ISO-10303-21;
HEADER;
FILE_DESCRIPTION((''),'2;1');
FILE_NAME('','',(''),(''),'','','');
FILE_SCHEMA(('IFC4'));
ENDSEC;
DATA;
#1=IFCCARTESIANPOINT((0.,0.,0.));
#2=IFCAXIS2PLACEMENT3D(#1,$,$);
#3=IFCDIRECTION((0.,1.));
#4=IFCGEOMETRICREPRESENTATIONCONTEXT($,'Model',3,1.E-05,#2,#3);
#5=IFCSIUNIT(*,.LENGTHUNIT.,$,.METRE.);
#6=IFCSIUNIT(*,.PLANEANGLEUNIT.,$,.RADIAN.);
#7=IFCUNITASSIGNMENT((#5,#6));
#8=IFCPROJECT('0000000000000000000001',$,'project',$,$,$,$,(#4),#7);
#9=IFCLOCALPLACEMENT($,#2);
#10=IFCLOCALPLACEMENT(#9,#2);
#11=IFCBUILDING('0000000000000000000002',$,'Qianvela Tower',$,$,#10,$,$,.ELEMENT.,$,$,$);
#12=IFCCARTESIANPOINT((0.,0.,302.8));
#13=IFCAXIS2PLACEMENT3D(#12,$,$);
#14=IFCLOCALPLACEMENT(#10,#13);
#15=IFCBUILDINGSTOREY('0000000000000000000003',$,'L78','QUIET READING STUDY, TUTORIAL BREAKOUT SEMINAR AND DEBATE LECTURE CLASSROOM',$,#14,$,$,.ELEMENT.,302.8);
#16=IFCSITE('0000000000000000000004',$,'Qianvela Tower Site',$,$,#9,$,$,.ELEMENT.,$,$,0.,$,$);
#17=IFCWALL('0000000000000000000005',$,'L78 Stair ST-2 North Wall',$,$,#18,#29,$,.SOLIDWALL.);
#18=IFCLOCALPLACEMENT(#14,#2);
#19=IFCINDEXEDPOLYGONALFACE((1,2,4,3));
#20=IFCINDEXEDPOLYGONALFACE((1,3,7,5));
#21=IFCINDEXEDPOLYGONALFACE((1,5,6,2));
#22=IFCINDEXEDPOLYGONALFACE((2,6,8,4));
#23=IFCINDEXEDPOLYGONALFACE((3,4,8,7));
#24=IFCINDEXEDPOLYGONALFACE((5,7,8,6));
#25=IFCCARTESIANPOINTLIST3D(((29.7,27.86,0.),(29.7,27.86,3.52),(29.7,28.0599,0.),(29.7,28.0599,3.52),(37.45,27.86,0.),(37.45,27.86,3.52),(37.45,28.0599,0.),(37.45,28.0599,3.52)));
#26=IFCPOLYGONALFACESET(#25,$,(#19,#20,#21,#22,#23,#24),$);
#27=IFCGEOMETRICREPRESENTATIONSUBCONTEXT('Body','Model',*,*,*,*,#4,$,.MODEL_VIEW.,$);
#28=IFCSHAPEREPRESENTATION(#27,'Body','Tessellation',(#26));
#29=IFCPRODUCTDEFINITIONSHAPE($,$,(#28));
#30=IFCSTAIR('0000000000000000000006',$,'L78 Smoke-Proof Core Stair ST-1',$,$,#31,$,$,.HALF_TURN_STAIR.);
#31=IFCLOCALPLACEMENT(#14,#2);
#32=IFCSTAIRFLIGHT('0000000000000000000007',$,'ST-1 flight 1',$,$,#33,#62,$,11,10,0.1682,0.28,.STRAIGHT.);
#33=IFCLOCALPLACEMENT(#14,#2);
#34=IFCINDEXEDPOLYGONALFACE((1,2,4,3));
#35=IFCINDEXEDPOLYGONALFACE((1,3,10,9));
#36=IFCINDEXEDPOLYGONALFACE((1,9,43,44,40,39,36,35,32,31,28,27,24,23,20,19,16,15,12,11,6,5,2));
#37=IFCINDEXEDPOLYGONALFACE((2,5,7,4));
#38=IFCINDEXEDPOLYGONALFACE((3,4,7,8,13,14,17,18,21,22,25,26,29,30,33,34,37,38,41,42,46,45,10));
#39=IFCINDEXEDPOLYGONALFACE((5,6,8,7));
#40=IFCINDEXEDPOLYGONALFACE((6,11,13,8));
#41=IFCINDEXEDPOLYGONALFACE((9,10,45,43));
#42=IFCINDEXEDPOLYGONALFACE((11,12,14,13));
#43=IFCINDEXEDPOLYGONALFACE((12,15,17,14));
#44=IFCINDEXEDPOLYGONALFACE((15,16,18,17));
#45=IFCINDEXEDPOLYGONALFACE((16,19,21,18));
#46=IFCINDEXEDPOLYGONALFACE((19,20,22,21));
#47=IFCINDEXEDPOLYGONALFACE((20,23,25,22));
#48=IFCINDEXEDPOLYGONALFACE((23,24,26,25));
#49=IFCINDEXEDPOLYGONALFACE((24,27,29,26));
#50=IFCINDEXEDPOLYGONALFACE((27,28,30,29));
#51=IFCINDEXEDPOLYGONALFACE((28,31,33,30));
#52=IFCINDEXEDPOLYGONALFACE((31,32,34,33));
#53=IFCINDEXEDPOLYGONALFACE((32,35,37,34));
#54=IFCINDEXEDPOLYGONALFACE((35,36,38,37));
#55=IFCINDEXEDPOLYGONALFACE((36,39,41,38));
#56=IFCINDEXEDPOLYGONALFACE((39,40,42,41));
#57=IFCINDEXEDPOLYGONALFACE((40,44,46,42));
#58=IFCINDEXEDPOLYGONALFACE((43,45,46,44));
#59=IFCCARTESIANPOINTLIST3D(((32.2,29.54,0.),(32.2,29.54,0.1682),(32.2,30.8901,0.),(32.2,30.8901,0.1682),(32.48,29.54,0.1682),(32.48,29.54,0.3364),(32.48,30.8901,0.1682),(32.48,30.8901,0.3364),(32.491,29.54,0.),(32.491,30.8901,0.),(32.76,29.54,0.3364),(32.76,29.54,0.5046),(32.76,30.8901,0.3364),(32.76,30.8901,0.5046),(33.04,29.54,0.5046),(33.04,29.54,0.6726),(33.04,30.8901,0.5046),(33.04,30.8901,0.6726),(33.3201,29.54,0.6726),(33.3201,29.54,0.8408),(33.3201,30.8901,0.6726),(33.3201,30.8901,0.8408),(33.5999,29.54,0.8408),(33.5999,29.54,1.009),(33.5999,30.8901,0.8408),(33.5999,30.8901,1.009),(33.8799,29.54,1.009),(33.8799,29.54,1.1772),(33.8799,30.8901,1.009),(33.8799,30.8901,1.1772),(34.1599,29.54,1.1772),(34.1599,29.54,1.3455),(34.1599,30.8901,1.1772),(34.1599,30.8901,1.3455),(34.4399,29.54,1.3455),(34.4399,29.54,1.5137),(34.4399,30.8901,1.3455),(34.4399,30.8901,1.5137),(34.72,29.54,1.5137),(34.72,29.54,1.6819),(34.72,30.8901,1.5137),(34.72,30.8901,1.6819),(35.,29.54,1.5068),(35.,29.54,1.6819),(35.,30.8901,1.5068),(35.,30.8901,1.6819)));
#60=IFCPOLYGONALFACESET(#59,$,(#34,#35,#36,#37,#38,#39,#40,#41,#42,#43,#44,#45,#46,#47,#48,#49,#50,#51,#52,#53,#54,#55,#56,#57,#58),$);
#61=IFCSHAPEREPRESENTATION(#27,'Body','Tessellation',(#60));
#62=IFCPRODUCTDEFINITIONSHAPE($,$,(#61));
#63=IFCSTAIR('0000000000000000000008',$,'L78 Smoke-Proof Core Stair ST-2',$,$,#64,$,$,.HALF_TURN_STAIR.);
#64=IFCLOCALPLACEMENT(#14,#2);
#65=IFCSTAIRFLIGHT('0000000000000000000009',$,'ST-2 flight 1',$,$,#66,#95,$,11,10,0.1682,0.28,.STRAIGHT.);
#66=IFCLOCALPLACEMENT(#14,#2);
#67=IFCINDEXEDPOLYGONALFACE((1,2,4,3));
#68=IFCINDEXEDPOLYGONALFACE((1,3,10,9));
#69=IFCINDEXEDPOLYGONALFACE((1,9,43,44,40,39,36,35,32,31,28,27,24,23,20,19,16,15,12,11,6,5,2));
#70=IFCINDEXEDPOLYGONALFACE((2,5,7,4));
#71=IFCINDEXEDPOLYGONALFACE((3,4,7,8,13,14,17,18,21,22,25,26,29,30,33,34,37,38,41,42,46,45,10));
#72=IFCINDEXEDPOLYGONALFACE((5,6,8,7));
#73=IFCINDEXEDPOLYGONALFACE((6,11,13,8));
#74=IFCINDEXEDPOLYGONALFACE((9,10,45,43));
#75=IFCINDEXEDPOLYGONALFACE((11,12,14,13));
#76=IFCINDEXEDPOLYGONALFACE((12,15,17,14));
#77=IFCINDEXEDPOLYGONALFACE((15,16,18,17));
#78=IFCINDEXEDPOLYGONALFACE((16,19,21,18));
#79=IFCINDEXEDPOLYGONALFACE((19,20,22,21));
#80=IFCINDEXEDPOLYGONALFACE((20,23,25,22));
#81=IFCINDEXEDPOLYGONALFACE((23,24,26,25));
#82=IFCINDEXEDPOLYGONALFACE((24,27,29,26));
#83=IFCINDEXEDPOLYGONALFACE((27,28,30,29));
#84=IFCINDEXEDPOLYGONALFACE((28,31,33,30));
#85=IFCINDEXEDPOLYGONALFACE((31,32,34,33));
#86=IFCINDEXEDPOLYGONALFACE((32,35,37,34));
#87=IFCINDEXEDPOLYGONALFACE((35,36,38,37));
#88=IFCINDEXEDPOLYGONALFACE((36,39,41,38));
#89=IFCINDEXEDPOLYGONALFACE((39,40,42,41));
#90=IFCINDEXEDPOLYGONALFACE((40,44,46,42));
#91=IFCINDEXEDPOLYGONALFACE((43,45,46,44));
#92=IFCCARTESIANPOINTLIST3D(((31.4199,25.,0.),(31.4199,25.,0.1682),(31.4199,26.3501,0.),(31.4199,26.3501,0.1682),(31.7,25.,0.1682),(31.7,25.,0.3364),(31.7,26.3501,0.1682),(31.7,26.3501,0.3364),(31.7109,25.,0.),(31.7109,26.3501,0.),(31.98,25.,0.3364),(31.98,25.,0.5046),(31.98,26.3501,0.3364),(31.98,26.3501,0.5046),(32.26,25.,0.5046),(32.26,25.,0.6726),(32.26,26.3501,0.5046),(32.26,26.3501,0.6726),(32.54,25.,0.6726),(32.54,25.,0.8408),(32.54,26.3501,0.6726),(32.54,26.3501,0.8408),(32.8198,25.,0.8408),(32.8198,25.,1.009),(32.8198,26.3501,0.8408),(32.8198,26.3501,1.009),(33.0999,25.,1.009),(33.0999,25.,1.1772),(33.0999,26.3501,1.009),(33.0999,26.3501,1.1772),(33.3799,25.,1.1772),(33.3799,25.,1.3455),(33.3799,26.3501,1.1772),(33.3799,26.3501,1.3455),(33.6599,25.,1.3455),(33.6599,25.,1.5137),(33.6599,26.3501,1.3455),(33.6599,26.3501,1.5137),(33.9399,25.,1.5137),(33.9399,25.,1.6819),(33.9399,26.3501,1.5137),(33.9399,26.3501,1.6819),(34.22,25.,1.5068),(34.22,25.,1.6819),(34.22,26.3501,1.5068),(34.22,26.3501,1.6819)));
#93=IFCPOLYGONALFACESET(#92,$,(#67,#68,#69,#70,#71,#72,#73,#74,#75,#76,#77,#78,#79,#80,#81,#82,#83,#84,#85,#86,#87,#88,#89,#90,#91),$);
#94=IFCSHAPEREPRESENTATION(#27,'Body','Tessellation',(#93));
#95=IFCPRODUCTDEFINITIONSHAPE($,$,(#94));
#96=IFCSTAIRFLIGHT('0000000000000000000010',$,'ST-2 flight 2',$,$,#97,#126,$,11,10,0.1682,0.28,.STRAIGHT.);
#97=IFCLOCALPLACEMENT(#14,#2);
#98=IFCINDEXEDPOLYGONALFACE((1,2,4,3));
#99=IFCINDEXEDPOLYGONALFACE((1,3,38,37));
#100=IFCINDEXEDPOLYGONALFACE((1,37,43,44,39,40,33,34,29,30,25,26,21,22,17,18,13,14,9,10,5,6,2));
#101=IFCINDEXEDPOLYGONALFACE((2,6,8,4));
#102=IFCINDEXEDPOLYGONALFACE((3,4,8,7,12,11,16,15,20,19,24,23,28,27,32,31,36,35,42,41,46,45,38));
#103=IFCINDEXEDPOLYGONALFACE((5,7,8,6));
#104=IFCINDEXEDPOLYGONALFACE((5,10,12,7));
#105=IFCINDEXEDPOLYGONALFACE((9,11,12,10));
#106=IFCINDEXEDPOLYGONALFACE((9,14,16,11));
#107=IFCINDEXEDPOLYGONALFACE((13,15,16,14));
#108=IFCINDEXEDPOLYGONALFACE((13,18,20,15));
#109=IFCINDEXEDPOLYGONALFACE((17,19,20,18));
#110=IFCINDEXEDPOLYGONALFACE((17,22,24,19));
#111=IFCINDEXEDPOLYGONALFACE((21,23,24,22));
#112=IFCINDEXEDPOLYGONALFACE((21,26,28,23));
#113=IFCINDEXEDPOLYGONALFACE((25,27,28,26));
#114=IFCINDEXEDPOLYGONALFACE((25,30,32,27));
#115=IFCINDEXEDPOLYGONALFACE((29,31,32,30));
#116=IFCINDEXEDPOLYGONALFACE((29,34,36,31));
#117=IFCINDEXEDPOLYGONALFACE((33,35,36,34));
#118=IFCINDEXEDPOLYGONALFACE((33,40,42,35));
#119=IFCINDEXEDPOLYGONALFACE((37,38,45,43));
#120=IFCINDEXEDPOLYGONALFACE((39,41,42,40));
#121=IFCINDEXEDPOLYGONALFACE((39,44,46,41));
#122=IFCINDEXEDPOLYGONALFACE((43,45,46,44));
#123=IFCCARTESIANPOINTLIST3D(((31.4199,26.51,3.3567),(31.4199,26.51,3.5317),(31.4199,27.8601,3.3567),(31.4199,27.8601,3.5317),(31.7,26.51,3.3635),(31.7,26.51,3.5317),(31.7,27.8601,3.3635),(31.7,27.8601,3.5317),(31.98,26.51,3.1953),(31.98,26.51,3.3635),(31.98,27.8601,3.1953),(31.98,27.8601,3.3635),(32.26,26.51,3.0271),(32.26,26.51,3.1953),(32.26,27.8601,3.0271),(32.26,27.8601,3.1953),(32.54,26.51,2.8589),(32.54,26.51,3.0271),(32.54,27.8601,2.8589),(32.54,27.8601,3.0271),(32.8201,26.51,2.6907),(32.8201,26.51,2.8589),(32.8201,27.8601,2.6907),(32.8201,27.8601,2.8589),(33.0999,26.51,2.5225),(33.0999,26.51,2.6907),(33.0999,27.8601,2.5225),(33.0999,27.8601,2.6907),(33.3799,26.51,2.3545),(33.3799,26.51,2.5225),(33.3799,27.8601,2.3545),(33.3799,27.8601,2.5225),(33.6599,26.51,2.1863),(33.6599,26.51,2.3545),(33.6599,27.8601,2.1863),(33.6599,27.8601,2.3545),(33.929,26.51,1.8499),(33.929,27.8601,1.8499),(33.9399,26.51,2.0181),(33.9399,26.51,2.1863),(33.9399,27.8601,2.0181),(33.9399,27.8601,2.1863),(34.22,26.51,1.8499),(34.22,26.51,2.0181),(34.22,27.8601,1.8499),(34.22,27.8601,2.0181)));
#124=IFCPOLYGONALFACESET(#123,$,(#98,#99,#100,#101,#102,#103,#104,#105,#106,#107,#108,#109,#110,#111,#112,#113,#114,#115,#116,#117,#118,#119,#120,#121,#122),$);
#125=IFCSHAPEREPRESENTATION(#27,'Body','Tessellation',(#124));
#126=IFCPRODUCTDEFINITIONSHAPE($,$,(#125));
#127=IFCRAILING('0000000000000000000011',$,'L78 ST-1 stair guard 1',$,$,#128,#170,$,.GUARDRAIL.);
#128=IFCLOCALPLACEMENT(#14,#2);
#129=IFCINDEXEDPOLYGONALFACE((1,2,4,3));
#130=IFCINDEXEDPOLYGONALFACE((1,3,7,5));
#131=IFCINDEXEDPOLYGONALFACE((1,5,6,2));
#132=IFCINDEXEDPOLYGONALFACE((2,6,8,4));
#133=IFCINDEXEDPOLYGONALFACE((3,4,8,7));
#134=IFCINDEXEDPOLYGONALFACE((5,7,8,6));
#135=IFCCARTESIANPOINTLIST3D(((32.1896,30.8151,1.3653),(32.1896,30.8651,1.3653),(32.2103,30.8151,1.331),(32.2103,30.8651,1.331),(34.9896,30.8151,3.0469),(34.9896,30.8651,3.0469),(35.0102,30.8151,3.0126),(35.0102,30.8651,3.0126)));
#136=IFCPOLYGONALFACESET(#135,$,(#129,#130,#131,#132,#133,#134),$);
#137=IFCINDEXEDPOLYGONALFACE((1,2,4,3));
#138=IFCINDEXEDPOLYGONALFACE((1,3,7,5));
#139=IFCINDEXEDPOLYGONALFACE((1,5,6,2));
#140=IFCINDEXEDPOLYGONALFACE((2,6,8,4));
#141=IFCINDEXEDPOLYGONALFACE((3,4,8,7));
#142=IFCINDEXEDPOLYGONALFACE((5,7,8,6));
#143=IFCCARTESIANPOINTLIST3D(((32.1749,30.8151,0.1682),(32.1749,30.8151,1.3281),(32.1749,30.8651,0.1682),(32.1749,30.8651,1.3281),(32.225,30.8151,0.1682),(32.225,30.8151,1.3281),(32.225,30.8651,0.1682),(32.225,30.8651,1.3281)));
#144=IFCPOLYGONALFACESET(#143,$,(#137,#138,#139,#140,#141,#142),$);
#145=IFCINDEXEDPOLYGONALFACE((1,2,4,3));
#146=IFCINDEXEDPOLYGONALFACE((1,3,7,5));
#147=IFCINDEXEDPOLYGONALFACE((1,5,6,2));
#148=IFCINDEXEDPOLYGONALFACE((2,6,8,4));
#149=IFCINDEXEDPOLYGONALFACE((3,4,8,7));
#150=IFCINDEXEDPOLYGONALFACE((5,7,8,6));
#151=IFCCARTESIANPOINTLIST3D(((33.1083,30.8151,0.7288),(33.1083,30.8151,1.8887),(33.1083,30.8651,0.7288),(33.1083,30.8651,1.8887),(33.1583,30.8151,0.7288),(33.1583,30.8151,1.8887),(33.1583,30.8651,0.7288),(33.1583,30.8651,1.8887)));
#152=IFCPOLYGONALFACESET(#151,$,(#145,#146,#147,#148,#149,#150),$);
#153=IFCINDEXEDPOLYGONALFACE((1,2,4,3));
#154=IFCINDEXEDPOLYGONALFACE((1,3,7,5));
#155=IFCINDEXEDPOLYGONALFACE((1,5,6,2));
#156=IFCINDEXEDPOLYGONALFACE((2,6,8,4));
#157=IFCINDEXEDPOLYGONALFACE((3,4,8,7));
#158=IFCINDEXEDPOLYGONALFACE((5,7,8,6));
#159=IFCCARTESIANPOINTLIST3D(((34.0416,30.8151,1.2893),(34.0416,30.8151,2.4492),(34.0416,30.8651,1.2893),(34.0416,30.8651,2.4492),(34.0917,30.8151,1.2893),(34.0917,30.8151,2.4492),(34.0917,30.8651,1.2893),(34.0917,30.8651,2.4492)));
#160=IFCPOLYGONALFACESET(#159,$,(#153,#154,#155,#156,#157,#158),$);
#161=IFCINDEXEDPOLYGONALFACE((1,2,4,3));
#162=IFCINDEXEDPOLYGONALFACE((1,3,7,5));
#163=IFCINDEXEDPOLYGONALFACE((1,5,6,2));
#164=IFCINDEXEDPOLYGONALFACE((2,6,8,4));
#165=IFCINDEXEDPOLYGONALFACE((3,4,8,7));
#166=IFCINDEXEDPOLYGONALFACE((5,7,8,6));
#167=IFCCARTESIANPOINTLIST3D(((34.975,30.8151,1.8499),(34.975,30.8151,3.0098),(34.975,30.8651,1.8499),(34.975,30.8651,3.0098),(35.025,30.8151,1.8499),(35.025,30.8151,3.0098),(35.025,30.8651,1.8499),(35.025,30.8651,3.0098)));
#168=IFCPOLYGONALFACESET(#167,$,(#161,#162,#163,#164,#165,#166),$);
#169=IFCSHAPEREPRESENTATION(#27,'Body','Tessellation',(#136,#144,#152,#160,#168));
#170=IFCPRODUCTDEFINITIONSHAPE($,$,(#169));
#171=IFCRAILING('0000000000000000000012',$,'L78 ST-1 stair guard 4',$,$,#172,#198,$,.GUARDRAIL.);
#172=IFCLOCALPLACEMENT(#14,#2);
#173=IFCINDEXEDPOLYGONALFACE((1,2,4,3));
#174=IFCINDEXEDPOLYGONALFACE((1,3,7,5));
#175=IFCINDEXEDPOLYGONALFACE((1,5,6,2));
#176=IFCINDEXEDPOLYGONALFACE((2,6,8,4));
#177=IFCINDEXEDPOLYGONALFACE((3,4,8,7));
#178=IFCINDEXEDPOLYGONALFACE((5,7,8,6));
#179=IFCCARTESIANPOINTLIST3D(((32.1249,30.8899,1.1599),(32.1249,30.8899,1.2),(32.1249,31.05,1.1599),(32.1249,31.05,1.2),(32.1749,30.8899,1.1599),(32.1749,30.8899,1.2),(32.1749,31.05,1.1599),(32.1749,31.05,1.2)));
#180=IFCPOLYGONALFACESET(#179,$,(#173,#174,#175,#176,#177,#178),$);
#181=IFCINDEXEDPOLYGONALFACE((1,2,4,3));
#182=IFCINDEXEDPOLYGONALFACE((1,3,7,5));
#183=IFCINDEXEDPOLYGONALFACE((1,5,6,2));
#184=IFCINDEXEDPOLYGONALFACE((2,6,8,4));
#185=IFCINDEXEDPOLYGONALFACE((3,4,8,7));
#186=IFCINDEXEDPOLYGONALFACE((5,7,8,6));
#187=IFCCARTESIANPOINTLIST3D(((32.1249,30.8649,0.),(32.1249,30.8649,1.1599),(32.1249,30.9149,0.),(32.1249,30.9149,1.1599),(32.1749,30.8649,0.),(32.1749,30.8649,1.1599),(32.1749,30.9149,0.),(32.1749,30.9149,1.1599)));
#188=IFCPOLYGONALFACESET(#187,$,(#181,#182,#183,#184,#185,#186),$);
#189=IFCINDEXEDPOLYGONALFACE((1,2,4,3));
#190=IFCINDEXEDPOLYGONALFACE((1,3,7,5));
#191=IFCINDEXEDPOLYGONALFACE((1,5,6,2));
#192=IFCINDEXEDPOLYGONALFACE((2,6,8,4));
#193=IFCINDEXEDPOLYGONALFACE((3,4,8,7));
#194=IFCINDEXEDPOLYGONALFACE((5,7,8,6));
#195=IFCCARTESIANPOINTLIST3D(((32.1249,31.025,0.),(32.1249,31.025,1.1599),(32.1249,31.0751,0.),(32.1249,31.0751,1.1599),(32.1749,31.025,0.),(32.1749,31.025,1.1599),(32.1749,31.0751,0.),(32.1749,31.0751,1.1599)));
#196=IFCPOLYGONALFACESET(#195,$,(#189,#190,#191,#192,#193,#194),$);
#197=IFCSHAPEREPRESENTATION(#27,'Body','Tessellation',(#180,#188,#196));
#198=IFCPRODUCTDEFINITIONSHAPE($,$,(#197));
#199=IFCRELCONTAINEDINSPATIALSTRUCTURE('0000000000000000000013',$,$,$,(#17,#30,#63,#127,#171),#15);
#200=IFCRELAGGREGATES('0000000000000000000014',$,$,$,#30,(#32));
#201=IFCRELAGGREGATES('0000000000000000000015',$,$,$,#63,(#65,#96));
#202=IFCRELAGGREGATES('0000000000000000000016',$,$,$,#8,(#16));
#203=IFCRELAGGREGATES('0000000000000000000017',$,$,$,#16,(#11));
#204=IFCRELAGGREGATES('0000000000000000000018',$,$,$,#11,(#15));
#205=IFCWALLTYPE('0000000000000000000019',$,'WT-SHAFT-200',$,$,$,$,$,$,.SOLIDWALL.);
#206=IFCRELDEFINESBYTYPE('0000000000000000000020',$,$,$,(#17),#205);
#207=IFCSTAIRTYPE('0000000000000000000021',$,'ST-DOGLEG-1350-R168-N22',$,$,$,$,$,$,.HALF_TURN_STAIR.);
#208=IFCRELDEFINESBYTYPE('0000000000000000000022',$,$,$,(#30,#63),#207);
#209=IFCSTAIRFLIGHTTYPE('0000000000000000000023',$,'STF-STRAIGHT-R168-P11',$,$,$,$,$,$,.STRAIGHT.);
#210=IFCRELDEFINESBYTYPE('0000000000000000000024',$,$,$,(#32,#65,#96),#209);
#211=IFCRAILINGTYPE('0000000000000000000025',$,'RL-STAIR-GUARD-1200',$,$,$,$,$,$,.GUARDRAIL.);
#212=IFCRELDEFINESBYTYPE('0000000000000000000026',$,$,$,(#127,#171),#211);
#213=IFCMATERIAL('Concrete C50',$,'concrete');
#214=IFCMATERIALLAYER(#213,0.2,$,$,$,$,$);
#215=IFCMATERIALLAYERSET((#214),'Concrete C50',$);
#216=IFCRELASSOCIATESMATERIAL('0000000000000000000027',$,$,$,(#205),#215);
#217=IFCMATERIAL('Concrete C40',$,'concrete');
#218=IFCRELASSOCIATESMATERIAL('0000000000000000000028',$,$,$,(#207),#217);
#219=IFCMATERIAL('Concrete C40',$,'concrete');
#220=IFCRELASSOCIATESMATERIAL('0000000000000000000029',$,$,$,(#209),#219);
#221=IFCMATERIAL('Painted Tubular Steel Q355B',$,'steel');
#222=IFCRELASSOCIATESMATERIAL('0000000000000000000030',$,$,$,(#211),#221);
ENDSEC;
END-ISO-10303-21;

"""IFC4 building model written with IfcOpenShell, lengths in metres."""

from ifc_helpers import new_model, si_unit, direction, frame, frame_2d, origin, origin_2d, place, context, subcontext, project, spatial, polyline, rectangle, outline, extrude, material, layer, layer_set, type_object, element, aggregate, save


model = new_model("IFC4")

# Units and contexts
model_context = context("Model", 3, precision=1e-05, world=origin(), true_north=direction((0.0, 1.0)))
body_context = subcontext(model_context, "Body", "Model", "MODEL_VIEW")
ifc_project = project(units=[si_unit("LENGTHUNIT", "METRE"), si_unit("PLANEANGLEUNIT", "RADIAN")], contexts=[model_context])

# Site, building, storey
site_placement = place(None, origin())
site = spatial("IfcSite", under=ifc_project, at=site_placement, Name="Qianvela Tower Site", CompositionType="ELEMENT", RefElevation=0.0)
building_placement = place(site_placement, origin())
building = spatial("IfcBuilding", under=site, at=building_placement, Name="Qianvela Tower", CompositionType="ELEMENT")
storey_placement = place(building_placement, frame((0.0, 0.0, 302.8)))
storey = spatial("IfcBuildingStorey", under=building, at=storey_placement, Name="L78", Description="QUIET READING STUDY, TUTORIAL BREAKOUT SEMINAR AND DEBATE LECTURE CLASSROOM", CompositionType="ELEMENT", Elevation=302.8)

# Wall
ifc_material_1 = material(Name="Concrete C50", Category="concrete")
ifc_layer_1 = layer(ifc_material_1, 0.2)
ifc_layer_set_1 = layer_set([ifc_layer_1], Name="Concrete C50")
wall_type_1 = type_object("IfcWallType", Name="WT-SHAFT-200", PredefinedType="SOLIDWALL", material=ifc_layer_set_1)
wall_1_placement = place(storey_placement, frame((29.7, 27.96, 0.0), z_axis=(0.0, 0.0, 1.0), x_axis=(1.0, 0.0, 0.0)))
element("IfcWall", 1, at=wall_1_placement, inside=storey, type_object=wall_type_1, Name="L78 Stair ST-2 North Wall", PredefinedType="SOLIDWALL", context=body_context, shape_type="SweptSolid", body=[
    extrude(rectangle(XDim=7.75, YDim=0.2, at=frame_2d((3.875, 0.0))), origin(), (0.0, 0.0, 1.0), 3.52),
])

# Stair, stair flight
ifc_material_2 = material(Name="Concrete C40", Category="concrete")
stair_type = type_object("IfcStairType", Name="ST-DOGLEG-1350-R168-N22", PredefinedType="HALF_TURN_STAIR", material=ifc_material_2)
stair_1_placement = place(storey_placement, origin())
stair_1 = element("IfcStair", 2, at=stair_1_placement, inside=storey, type_object=stair_type, Name="L78 Smoke-Proof Core Stair ST-1", PredefinedType="HALF_TURN_STAIR")
ifc_material_3 = material(Name="Concrete C40", Category="concrete")
stair_flight_type = type_object("IfcStairFlightType", Name="STF-STRAIGHT-R168-P11", PredefinedType="STRAIGHT", material=ifc_material_3)
stair_flight_1_placement = place(storey_placement, frame((32.2, 30.2151, 0.0), z_axis=(0.0, 0.0, 1.0), x_axis=(1.0, 0.0, 0.0)))
stair_flight_1 = element("IfcStairFlight", 3, at=stair_flight_1_placement, type_object=stair_flight_type, Name="ST-1 flight 1", NumberOfRisers=11, NumberOfTreads=10, PredefinedType="STRAIGHT", RiserHeight=0.1682, TreadLength=0.28, context=body_context, shape_type="SweptSolid", body=[
    extrude(outline(polyline([(0.0, 0.0), (0.0, 0.1682), (0.28, 0.1682), (0.28, 0.3364), (0.5601, 0.3364), (0.5601, 0.5046), (0.8401, 0.5046), (0.8401, 0.6726), (1.1201, 0.6726), (1.1201, 0.8408), (1.3999, 0.8408), (1.3999, 1.009), (1.6799, 1.009), (1.6799, 1.1772), (1.96, 1.1772), (1.96, 1.3455), (2.24, 1.3455), (2.24, 1.5137), (2.52, 1.5137), (2.52, 1.6819), (2.8, 1.6819), (2.8, 1.8501), (2.8, 1.5068), (0.291, 0.0), (0.0, 0.0)])), frame((0.0, 0.675, 0.0), z_axis=(0.0, -1.0, 0.0), x_axis=(1.0, 0.0, 0.0)), (0.0, 0.0, 1.0), 1.3501),
])
aggregate(stair_1, [stair_flight_1])

# Stair, stair flights
stair_2_placement = place(storey_placement, origin())
stair_2 = element("IfcStair", 4, at=stair_2_placement, inside=storey, type_object=stair_type, Name="L78 Smoke-Proof Core Stair ST-2", PredefinedType="HALF_TURN_STAIR")
stair_flight_2_placement = place(storey_placement, frame((31.4199, 25.675, 0.0), z_axis=(0.0, 0.0, 1.0), x_axis=(1.0, 0.0, 0.0)))
stair_flight_2 = element("IfcStairFlight", 5, at=stair_flight_2_placement, type_object=stair_flight_type, Name="ST-2 flight 1", NumberOfRisers=11, NumberOfTreads=10, PredefinedType="STRAIGHT", RiserHeight=0.1682, TreadLength=0.28, context=body_context, shape_type="SweptSolid", body=[
    extrude(outline(polyline([(0.0, 0.0), (0.0, 0.1682), (0.28, 0.1682), (0.28, 0.3364), (0.5601, 0.3364), (0.5601, 0.5046), (0.8401, 0.5046), (0.8401, 0.6726), (1.1201, 0.6726), (1.1201, 0.8408), (1.3999, 0.8408), (1.3999, 1.009), (1.6799, 1.009), (1.6799, 1.1772), (1.96, 1.1772), (1.96, 1.3455), (2.24, 1.3455), (2.24, 1.5137), (2.52, 1.5137), (2.52, 1.6819), (2.8, 1.6819), (2.8, 1.8501), (2.8, 1.5068), (0.291, 0.0), (0.0, 0.0)])), frame((0.0, 0.675, 0.0), z_axis=(0.0, -1.0, 0.0), x_axis=(1.0, 0.0, 0.0)), (0.0, 0.0, 1.0), 1.3501),
])
stair_flight_3_placement = place(storey_placement, frame((34.22, 27.1851, 1.8499), z_axis=(0.0, 0.0, 1.0), x_axis=(-1.0, 0.0, 0.0)))
stair_flight_3 = element("IfcStairFlight", 6, at=stair_flight_3_placement, type_object=stair_flight_type, Name="ST-2 flight 2", NumberOfRisers=11, NumberOfTreads=10, PredefinedType="STRAIGHT", RiserHeight=0.1682, TreadLength=0.28, context=body_context, shape_type="SweptSolid", body=[
    extrude(outline(polyline([(0.0, 0.0), (0.0, 0.1682), (0.28, 0.1682), (0.28, 0.3364), (0.5601, 0.3364), (0.5601, 0.5046), (0.8401, 0.5046), (0.8401, 0.6726), (1.1201, 0.6726), (1.1201, 0.8408), (1.3999, 0.8408), (1.3999, 1.009), (1.6799, 1.009), (1.6799, 1.1772), (1.96, 1.1772), (1.96, 1.3455), (2.24, 1.3455), (2.24, 1.5137), (2.52, 1.5137), (2.52, 1.6819), (2.8, 1.6819), (2.8, 1.8501), (2.8, 1.5068), (0.291, 0.0), (0.0, 0.0)])), frame((0.0, 0.675, 0.0), z_axis=(0.0, -1.0, 0.0), x_axis=(1.0, 0.0, 0.0)), (0.0, 0.0, 1.0), 1.3501),
])
aggregate(stair_2, [stair_flight_2, stair_flight_3])

# Railings
ifc_material_4 = material(Name="Painted Tubular Steel Q355B", Category="steel")
railing_type_1 = type_object("IfcRailingType", Name="RL-STAIR-GUARD-1200", PredefinedType="GUARDRAIL", material=ifc_material_4)
railing_1_placement = place(storey_placement, frame((32.2, 30.8401, 0.1682)))
element("IfcRailing", 7, at=railing_1_placement, inside=storey, type_object=railing_type_1, Name="L78 ST-1 stair guard 1", PredefinedType="GUARDRAIL", context=body_context, shape_type="SweptSolid", body=[
    extrude(rectangle(XDim=0.05, YDim=0.04, at=origin_2d()), frame((0.0, 0.0, 1.1799), z_axis=(0.857275, 0.0, 0.514858), x_axis=(0.0, 1.0, 0.0)), (0.0, 0.0, 1.0), 3.2661),
    extrude(rectangle(XDim=0.05, YDim=0.05, at=origin_2d()), origin(), (0.0, 0.0, 1.0), 1.1599),
    extrude(rectangle(XDim=0.05, YDim=0.05, at=origin_2d()), frame((0.9333, 0.0, 0.5605)), (0.0, 0.0, 1.0), 1.1599),
    extrude(rectangle(XDim=0.05, YDim=0.05, at=origin_2d()), frame((1.8667, 0.0, 1.1211)), (0.0, 0.0, 1.0), 1.1599),
    extrude(rectangle(XDim=0.05, YDim=0.05, at=origin_2d()), frame((2.8, 0.0, 1.6816)), (0.0, 0.0, 1.0), 1.1599),
])
railing_2_placement = place(storey_placement, frame((32.1499, 30.8899, 0.0)))
element("IfcRailing", 8, at=railing_2_placement, inside=storey, type_object=railing_type_1, Name="L78 ST-1 stair guard 4", PredefinedType="GUARDRAIL", context=body_context, shape_type="SweptSolid", body=[
    extrude(rectangle(XDim=0.05, YDim=0.04, at=origin_2d()), frame((0.0, 0.0, 1.1799), z_axis=(0.0, 1.0, 0.0), x_axis=(-1.0, 0.0, 0.0)), (0.0, 0.0, 1.0), 0.1602),
    extrude(rectangle(XDim=0.05, YDim=0.05, at=origin_2d()), origin(), (0.0, 0.0, 1.0), 1.1599),
    extrude(rectangle(XDim=0.05, YDim=0.05, at=origin_2d()), frame((0.0, 0.1602, 0.0)), (0.0, 0.0, 1.0), 1.1599),
])

save(model, "model.ifc")
